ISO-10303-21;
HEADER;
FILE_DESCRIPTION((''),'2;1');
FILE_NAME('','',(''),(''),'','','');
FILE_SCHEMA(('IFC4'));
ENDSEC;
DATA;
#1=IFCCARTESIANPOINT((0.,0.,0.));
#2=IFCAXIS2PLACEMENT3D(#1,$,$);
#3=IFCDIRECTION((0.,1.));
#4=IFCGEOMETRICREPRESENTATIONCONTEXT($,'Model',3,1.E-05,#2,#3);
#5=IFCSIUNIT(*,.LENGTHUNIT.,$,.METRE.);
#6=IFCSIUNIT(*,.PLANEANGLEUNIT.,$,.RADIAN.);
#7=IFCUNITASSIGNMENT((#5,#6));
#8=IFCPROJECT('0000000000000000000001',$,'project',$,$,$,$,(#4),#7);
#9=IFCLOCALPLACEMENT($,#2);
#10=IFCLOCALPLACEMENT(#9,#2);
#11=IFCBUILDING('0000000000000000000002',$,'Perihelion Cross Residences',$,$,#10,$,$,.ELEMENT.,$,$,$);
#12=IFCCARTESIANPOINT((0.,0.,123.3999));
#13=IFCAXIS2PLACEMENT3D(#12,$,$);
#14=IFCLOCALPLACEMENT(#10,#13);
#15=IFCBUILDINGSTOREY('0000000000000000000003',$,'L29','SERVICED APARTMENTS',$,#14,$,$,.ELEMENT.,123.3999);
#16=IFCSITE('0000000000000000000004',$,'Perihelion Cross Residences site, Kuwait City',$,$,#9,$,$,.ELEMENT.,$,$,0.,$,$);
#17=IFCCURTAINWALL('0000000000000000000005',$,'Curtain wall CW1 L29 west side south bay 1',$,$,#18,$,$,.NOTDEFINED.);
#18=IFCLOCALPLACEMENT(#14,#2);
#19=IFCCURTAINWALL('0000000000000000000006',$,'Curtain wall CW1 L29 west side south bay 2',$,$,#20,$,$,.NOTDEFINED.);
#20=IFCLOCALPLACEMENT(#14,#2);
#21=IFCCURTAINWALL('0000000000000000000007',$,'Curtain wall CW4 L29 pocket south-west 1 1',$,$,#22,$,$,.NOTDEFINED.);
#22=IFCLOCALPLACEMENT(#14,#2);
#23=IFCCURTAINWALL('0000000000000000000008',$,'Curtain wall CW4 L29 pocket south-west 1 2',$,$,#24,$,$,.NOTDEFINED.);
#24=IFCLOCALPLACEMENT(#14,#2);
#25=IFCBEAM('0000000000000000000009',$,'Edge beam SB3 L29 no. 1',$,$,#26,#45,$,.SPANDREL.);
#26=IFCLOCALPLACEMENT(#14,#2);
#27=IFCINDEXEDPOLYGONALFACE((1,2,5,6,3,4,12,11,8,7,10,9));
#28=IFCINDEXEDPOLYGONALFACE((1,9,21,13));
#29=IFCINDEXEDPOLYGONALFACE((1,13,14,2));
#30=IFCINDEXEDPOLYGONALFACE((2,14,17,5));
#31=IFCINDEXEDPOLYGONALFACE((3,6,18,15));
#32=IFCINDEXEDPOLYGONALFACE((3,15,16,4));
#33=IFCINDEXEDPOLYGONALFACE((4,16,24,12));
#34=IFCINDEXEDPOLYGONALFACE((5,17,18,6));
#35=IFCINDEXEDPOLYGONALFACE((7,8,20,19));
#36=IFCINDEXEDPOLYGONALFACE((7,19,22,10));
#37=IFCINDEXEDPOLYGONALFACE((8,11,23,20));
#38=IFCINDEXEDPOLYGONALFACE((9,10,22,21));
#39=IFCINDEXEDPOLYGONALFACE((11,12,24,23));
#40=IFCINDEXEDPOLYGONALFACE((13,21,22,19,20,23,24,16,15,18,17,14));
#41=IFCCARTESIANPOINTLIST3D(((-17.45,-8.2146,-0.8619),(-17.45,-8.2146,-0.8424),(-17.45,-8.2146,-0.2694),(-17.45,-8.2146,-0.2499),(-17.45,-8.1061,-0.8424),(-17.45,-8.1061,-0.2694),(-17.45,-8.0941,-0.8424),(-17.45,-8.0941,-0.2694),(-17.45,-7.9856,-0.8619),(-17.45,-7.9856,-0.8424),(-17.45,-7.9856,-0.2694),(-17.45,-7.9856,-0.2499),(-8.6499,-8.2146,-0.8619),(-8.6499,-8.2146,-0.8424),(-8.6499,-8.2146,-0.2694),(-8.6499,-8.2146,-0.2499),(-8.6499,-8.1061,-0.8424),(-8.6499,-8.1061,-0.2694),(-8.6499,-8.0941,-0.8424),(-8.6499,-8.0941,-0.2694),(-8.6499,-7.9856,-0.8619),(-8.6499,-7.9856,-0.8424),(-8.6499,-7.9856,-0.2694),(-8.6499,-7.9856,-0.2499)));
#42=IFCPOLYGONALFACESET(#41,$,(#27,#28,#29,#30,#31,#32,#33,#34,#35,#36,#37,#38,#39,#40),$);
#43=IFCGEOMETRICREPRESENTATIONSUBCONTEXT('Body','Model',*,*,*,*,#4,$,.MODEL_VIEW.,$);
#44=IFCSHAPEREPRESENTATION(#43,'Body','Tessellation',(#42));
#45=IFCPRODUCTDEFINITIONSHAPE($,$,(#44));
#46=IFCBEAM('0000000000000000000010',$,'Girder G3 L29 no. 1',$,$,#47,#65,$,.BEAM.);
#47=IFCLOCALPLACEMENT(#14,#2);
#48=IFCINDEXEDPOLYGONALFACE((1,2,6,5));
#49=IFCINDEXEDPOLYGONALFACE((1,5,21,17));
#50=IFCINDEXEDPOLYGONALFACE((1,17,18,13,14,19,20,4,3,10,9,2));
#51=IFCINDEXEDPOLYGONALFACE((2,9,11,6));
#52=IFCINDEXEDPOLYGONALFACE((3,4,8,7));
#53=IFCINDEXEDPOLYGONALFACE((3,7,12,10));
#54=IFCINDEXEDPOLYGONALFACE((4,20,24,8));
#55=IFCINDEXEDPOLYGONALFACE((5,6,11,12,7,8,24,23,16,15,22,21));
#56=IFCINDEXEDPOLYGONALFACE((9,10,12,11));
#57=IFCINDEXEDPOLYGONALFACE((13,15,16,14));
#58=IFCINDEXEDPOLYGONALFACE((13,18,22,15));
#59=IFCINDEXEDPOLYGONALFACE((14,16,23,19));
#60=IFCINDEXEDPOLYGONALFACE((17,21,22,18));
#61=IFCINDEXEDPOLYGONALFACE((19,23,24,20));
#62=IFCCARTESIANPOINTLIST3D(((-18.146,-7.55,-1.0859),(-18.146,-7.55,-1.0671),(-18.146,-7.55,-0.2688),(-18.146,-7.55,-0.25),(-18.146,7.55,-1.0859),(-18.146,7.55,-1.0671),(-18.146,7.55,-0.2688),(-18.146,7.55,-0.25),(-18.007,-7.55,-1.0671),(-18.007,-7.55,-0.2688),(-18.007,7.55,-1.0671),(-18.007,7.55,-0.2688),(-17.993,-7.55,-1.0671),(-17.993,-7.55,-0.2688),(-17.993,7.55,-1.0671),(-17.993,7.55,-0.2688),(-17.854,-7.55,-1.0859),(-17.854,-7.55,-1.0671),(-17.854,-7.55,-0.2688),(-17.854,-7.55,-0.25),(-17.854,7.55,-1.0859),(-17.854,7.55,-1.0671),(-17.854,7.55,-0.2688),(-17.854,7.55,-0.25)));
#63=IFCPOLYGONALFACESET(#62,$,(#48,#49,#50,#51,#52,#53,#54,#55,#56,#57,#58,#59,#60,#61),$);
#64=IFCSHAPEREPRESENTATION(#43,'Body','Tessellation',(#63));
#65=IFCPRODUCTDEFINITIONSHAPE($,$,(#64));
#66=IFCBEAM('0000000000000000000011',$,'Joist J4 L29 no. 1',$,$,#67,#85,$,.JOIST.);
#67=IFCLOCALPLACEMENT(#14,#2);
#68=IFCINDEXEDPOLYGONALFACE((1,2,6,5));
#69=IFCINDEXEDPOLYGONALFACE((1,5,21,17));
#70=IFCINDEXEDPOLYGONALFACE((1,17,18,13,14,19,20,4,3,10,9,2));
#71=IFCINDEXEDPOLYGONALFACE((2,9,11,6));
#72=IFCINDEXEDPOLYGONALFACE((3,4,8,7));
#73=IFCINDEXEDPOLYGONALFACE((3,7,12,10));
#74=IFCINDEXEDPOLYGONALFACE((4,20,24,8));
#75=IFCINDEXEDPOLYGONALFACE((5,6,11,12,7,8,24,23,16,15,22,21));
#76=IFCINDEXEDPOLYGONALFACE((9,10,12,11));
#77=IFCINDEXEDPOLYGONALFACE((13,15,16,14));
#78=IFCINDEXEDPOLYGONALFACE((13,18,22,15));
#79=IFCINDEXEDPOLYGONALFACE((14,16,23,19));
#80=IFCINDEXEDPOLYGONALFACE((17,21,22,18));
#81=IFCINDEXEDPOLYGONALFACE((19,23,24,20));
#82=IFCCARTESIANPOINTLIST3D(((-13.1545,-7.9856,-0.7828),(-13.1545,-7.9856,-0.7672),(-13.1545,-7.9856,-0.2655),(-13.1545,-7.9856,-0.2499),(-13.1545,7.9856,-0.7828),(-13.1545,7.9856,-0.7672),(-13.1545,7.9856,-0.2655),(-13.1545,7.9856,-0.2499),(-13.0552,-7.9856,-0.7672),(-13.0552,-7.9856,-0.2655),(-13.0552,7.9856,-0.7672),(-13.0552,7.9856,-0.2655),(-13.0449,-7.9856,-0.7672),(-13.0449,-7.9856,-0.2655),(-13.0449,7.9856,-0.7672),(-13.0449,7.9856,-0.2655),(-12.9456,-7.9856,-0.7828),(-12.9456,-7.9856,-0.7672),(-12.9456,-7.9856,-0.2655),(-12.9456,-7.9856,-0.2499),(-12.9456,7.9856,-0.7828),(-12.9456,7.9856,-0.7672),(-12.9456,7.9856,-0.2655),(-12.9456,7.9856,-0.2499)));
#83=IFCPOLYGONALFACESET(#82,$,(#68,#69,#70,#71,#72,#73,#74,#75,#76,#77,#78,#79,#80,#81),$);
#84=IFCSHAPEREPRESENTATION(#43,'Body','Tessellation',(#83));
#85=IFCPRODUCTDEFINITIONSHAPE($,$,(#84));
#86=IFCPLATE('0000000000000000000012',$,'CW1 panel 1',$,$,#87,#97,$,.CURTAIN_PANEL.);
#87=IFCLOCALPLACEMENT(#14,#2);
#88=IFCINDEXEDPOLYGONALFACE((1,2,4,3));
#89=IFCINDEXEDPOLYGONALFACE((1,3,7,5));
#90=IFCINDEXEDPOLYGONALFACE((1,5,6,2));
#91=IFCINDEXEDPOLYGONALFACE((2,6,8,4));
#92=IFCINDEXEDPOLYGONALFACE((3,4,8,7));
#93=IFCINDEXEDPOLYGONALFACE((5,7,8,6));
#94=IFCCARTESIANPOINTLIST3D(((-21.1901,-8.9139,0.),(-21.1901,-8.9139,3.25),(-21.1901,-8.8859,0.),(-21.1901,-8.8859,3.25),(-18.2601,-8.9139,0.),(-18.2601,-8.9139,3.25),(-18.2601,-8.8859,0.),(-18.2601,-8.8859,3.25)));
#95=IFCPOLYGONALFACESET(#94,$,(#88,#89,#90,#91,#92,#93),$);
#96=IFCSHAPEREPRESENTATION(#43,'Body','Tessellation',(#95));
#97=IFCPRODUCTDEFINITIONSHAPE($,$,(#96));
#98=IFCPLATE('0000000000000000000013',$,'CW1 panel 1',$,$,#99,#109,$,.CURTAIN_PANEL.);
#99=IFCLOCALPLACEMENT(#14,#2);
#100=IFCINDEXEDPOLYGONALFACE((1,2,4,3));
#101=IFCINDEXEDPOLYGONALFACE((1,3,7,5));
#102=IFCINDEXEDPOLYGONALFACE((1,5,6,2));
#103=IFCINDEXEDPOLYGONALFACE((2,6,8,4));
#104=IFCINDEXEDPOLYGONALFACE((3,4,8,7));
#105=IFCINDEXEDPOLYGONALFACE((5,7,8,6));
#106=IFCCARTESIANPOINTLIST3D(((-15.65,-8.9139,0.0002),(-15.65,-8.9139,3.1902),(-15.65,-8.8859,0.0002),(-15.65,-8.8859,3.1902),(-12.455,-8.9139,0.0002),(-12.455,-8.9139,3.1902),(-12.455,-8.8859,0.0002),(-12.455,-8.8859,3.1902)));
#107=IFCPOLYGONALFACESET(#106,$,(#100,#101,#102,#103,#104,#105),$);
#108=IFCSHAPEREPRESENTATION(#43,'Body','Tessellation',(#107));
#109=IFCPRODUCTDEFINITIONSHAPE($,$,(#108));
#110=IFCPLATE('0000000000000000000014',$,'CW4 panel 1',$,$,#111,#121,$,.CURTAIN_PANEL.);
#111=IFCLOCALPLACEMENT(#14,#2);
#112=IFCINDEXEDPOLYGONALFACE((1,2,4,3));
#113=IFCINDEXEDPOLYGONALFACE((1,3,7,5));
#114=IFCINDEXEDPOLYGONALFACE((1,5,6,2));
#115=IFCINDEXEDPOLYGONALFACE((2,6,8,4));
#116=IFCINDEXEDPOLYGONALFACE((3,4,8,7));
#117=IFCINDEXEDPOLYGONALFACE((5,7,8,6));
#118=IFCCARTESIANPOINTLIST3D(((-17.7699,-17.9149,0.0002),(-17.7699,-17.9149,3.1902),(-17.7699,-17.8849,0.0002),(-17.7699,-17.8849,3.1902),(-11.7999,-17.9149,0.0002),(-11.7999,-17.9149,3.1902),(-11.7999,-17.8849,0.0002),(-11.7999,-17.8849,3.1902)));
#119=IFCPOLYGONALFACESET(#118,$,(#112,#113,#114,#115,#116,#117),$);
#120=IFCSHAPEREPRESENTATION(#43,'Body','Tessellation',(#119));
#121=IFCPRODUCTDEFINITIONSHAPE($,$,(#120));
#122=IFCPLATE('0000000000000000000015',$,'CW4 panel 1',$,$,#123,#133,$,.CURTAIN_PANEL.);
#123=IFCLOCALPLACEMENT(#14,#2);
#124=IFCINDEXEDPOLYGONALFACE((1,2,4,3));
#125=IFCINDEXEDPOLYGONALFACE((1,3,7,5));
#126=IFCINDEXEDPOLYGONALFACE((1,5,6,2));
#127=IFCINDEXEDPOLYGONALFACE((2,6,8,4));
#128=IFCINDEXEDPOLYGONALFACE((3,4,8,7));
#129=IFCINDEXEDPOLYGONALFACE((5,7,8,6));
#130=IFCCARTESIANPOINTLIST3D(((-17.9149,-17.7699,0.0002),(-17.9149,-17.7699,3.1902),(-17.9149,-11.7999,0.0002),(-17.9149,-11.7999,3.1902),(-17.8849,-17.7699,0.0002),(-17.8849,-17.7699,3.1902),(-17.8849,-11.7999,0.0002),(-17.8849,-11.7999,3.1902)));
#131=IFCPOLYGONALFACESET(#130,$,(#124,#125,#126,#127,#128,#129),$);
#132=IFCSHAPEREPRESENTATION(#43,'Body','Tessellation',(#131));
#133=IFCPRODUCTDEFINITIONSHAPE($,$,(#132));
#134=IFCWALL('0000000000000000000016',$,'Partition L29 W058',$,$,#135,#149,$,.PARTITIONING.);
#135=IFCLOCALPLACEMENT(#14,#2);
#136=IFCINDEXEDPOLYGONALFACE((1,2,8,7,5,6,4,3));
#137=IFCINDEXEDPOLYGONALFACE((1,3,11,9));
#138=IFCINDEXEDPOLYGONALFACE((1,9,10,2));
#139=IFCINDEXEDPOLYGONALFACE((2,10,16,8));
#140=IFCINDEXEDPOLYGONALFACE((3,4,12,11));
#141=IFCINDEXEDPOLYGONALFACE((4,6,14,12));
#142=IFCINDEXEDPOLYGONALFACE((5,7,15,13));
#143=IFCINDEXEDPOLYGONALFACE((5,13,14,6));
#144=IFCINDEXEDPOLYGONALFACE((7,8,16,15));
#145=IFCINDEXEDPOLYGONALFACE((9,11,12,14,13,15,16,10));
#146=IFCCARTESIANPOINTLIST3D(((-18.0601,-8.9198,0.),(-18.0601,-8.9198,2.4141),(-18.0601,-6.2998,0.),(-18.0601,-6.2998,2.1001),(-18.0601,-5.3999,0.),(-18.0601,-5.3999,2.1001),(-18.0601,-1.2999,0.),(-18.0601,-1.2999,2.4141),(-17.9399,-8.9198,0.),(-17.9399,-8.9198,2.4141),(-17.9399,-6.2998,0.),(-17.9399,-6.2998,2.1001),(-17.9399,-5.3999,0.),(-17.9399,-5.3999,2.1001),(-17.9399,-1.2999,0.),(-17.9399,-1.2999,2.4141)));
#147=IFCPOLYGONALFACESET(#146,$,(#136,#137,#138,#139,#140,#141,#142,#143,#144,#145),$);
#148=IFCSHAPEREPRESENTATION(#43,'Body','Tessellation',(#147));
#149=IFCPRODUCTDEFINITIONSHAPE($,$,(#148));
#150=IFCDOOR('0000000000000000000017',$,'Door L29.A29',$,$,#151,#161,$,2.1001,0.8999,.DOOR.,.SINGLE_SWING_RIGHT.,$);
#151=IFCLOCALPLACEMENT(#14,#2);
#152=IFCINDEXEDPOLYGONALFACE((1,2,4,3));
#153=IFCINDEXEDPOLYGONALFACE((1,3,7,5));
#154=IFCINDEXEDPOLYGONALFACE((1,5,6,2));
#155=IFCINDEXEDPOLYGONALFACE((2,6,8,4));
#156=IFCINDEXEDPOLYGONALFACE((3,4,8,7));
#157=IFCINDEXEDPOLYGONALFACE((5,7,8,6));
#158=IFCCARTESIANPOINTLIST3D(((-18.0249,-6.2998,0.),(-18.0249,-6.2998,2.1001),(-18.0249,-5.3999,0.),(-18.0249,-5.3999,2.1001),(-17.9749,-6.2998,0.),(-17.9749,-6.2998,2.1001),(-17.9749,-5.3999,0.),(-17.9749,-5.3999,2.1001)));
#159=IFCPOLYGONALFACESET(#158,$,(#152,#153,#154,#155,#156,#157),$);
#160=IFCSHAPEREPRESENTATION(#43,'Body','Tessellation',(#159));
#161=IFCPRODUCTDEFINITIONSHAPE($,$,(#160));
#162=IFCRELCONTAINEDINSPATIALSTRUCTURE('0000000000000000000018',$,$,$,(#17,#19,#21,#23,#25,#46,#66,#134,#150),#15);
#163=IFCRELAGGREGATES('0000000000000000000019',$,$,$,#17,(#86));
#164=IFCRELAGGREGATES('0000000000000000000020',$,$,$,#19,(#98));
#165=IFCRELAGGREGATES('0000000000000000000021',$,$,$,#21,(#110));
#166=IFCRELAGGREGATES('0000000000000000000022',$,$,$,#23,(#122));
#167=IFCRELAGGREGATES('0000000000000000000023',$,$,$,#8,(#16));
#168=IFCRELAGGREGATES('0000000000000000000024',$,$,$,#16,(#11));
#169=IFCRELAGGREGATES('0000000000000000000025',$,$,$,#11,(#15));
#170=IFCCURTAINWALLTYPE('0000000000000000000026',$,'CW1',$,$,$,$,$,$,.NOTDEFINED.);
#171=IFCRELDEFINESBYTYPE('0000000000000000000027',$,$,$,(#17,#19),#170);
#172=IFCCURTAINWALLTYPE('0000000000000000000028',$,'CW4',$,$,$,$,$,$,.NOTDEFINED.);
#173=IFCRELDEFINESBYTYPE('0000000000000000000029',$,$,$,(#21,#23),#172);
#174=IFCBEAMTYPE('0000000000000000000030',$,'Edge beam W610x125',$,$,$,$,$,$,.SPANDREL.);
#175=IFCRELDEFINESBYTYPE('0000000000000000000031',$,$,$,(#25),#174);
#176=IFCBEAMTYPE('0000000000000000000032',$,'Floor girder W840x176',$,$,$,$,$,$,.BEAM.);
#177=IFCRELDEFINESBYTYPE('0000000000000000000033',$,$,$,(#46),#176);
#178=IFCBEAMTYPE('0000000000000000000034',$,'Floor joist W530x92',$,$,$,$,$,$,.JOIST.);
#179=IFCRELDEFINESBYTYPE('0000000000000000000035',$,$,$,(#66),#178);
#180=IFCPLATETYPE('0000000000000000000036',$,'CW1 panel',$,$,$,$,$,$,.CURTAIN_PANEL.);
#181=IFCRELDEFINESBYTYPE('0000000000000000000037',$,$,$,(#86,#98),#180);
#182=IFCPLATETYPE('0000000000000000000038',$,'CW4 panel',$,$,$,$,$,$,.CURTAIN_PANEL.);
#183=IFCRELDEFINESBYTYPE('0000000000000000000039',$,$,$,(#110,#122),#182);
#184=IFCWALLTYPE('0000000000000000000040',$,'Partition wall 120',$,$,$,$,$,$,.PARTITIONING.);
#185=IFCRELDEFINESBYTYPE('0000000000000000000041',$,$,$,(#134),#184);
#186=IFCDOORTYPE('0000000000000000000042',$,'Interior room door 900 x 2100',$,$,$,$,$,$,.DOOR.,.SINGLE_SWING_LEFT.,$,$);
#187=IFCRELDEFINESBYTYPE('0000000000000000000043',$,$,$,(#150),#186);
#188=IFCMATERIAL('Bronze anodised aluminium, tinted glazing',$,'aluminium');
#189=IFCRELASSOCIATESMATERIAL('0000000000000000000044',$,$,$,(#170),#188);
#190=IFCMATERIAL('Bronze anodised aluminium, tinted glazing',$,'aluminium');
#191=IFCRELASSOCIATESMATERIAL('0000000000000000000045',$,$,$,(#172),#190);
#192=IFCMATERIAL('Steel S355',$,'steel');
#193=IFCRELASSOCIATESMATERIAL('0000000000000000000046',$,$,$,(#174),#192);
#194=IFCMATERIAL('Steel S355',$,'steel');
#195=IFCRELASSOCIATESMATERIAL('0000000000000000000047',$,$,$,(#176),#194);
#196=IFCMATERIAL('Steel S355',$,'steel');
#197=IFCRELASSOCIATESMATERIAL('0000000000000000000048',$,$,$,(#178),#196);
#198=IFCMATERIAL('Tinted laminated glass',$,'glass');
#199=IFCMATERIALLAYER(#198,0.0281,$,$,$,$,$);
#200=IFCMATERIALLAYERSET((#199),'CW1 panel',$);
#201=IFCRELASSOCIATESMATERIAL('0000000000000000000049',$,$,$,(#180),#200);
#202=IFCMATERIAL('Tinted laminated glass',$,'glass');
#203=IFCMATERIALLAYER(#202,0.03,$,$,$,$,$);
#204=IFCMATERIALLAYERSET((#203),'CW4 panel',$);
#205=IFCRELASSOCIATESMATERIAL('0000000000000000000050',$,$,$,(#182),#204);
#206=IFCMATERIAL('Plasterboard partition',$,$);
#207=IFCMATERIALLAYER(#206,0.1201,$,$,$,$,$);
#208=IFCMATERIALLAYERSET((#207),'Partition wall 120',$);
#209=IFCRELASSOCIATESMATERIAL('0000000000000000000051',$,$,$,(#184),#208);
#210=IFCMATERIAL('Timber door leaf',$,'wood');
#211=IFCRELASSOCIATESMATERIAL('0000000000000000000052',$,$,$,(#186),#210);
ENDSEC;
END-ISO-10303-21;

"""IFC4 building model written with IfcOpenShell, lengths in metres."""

from ifc_helpers import new_model, si_unit, direction, frame, frame_2d, origin, origin_2d, place, context, subcontext, project, spatial, rectangle, i_section, extrude, material, layer, layer_set, material_profile, profile_set, type_object, element, fill, aggregate, save


model = new_model("IFC4")

# Units and contexts
model_context = context("Model", 3, precision=1e-05, world=origin(), true_north=direction((0.0, 1.0)))
body_context = subcontext(model_context, "Body", "Model", "MODEL_VIEW")
ifc_project = project(units=[si_unit("LENGTHUNIT", "METRE"), si_unit("PLANEANGLEUNIT", "RADIAN")], contexts=[model_context])

# Site, building, storey
site_placement = place(None, origin())
site = spatial("IfcSite", under=ifc_project, at=site_placement, Name="Perihelion Cross Residences site, Kuwait City", CompositionType="ELEMENT", RefElevation=0.0)
building_placement = place(site_placement, origin())
building = spatial("IfcBuilding", under=site, at=building_placement, Name="Perihelion Cross Residences", CompositionType="ELEMENT")
storey_placement = place(building_placement, frame((0.0, 0.0, 123.3999)))
storey = spatial("IfcBuildingStorey", under=building, at=storey_placement, Name="L29", Description="SERVICED APARTMENTS", CompositionType="ELEMENT", Elevation=123.3999)

# Curtain wall
ifc_material_1 = material(Name="Bronze anodised aluminium, tinted glazing", Category="aluminium")
curtain_wall_type_1 = type_object("IfcCurtainWallType", Name="CW1", PredefinedType="NOTDEFINED", material=ifc_material_1)
curtain_wall_1_placement = place(storey_placement, origin())
curtain_wall_1 = element("IfcCurtainWall", 1, at=curtain_wall_1_placement, inside=storey, type_object=curtain_wall_type_1, Name="Curtain wall CW1 L29 west side south bay 1", PredefinedType="NOTDEFINED")

# Curtain walls
curtain_wall_2_placement = place(storey_placement, origin())
curtain_wall_2 = element("IfcCurtainWall", 2, at=curtain_wall_2_placement, inside=storey, type_object=curtain_wall_type_1, Name="Curtain wall CW1 L29 west side south bay 2", PredefinedType="NOTDEFINED")
ifc_material_2 = material(Name="Bronze anodised aluminium, tinted glazing", Category="aluminium")
curtain_wall_type_2 = type_object("IfcCurtainWallType", Name="CW4", PredefinedType="NOTDEFINED", material=ifc_material_2)
curtain_wall_3_placement = place(storey_placement, origin())
curtain_wall_3 = element("IfcCurtainWall", 3, at=curtain_wall_3_placement, inside=storey, type_object=curtain_wall_type_2, Name="Curtain wall CW4 L29 pocket south-west 1 1", PredefinedType="NOTDEFINED")
curtain_wall_4_placement = place(storey_placement, origin())
curtain_wall_4 = element("IfcCurtainWall", 4, at=curtain_wall_4_placement, inside=storey, type_object=curtain_wall_type_2, Name="Curtain wall CW4 L29 pocket south-west 1 2", PredefinedType="NOTDEFINED")

# Beams
ifc_material_3 = material(Name="Steel S355", Category="steel")
ifc_material_profile_1 = material_profile(ifc_material_3, i_section(OverallWidth=0.229, OverallDepth=0.6121, WebThickness=0.012, FlangeThickness=0.0195, at=origin_2d()), Name="W610x125")
ifc_profile_set_1 = profile_set([ifc_material_profile_1], Name="Steel S355")
beam_type_1 = type_object("IfcBeamType", Name="Edge beam W610x125", PredefinedType="SPANDREL", material=ifc_profile_set_1)
beam_1_placement = place(storey_placement, frame((-17.45, -8.1001, -0.5559), z_axis=(1.0, 0.0, 0.0), x_axis=(0.0, 1.0, 0.0)))
element("IfcBeam", 5, at=beam_1_placement, inside=storey, type_object=beam_type_1, Name="Edge beam SB3 L29 no. 1", PredefinedType="SPANDREL", context=body_context, shape_type="SweptSolid", body=[
    extrude(i_section(OverallWidth=0.229, OverallDepth=0.6121, WebThickness=0.012, FlangeThickness=0.0195, at=origin_2d()), origin(), (0.0, 0.0, 1.0), 8.8),
])
ifc_material_4 = material(Name="Steel S355", Category="steel")
ifc_material_profile_2 = material_profile(ifc_material_4, i_section(OverallWidth=0.292, OverallDepth=0.8359, WebThickness=0.0139, FlangeThickness=0.0188, at=origin_2d()), Name="W840x176")
ifc_profile_set_2 = profile_set([ifc_material_profile_2], Name="Steel S355")
beam_type_2 = type_object("IfcBeamType", Name="Floor girder W840x176", PredefinedType="BEAM", material=ifc_profile_set_2)
beam_2_placement = place(storey_placement, frame((-18.0, -7.55, -0.668), z_axis=(0.0, 1.0, 0.0), x_axis=(-1.0, 0.0, 0.0)))
element("IfcBeam", 6, at=beam_2_placement, inside=storey, type_object=beam_type_2, Name="Girder G3 L29 no. 1", PredefinedType="BEAM", context=body_context, shape_type="SweptSolid", body=[
    extrude(i_section(OverallWidth=0.292, OverallDepth=0.8359, WebThickness=0.0139, FlangeThickness=0.0188, at=origin_2d()), origin(), (0.0, 0.0, 1.0), 15.1001),
])
ifc_material_5 = material(Name="Steel S355", Category="steel")
ifc_material_profile_3 = material_profile(ifc_material_5, i_section(OverallWidth=0.209, OverallDepth=0.533, WebThickness=0.0103, FlangeThickness=0.0156, at=origin_2d()), Name="W530x92")
ifc_profile_set_3 = profile_set([ifc_material_profile_3], Name="Steel S355")
beam_type_3 = type_object("IfcBeamType", Name="Floor joist W530x92", PredefinedType="JOIST", material=ifc_profile_set_3)
beam_3_placement = place(storey_placement, frame((-13.05, -7.9856, -0.5164), z_axis=(0.0, 1.0, 0.0), x_axis=(-1.0, 0.0, 0.0)))
element("IfcBeam", 7, at=beam_3_placement, inside=storey, type_object=beam_type_3, Name="Joist J4 L29 no. 1", PredefinedType="JOIST", context=body_context, shape_type="SweptSolid", body=[
    extrude(i_section(OverallWidth=0.209, OverallDepth=0.533, WebThickness=0.0103, FlangeThickness=0.0156, at=origin_2d()), origin(), (0.0, 0.0, 1.0), 15.9712),
])

# Plates
ifc_material_6 = material(Name="Tinted laminated glass", Category="glass")
ifc_layer_1 = layer(ifc_material_6, 0.0281)
ifc_layer_set_1 = layer_set([ifc_layer_1], Name="CW1 panel")
plate_type_1 = type_object("IfcPlateType", Name="CW1 panel", PredefinedType="CURTAIN_PANEL", material=ifc_layer_set_1)
plate_1_placement = place(storey_placement, frame((-19.7251, -8.8999, 0.0), z_axis=(0.0, 0.0, 1.0), x_axis=(1.0, 0.0, 0.0)))
plate_1 = element("IfcPlate", 8, at=plate_1_placement, type_object=plate_type_1, Name="CW1 panel 1", PredefinedType="CURTAIN_PANEL", context=body_context, shape_type="SweptSolid", body=[
    extrude(rectangle(XDim=2.9299, YDim=0.0281, at=origin_2d()), origin(), (0.0, 0.0, 1.0), 3.25),
])
aggregate(curtain_wall_1, [plate_1])
plate_2_placement = place(storey_placement, frame((-14.0525, -8.8999, 0.0002), z_axis=(0.0, 0.0, 1.0), x_axis=(1.0, 0.0, 0.0)))
plate_2 = element("IfcPlate", 9, at=plate_2_placement, type_object=plate_type_1, Name="CW1 panel 1", PredefinedType="CURTAIN_PANEL", context=body_context, shape_type="SweptSolid", body=[
    extrude(rectangle(XDim=3.1951, YDim=0.0281, at=origin_2d()), origin(), (0.0, 0.0, 1.0), 3.1899),
])
aggregate(curtain_wall_2, [plate_2])
ifc_material_7 = material(Name="Tinted laminated glass", Category="glass")
ifc_layer_2 = layer(ifc_material_7, 0.03)
ifc_layer_set_2 = layer_set([ifc_layer_2], Name="CW4 panel")
plate_type_2 = type_object("IfcPlateType", Name="CW4 panel", PredefinedType="CURTAIN_PANEL", material=ifc_layer_set_2)
plate_3_placement = place(storey_placement, frame((-14.7849, -17.8999, 0.0002), z_axis=(0.0, 0.0, 1.0), x_axis=(-1.0, 0.0, 0.0)))
plate_3 = element("IfcPlate", 10, at=plate_3_placement, type_object=plate_type_2, Name="CW4 panel 1", PredefinedType="CURTAIN_PANEL", context=body_context, shape_type="SweptSolid", body=[
    extrude(rectangle(XDim=5.97, YDim=0.03, at=origin_2d()), origin(), (0.0, 0.0, 1.0), 3.1899),
])
aggregate(curtain_wall_3, [plate_3])
plate_4_placement = place(storey_placement, frame((-17.8999, -14.7849, 0.0002), z_axis=(0.0, 0.0, 1.0), x_axis=(0.0, 1.0, 0.0)))
plate_4 = element("IfcPlate", 11, at=plate_4_placement, type_object=plate_type_2, Name="CW4 panel 1", PredefinedType="CURTAIN_PANEL", context=body_context, shape_type="SweptSolid", body=[
    extrude(rectangle(XDim=5.97, YDim=0.03, at=origin_2d()), origin(), (0.0, 0.0, 1.0), 3.1899),
])
aggregate(curtain_wall_4, [plate_4])

# Wall, opening, door
ifc_material_8 = material(Name="Plasterboard partition")
ifc_layer_3 = layer(ifc_material_8, 0.1201)
ifc_layer_set_3 = layer_set([ifc_layer_3], Name="Partition wall 120")
wall_type_1 = type_object("IfcWallType", Name="Partition wall 120", PredefinedType="PARTITIONING", material=ifc_layer_set_3)
wall_1_placement = place(storey_placement, frame((-18.0, -8.9199, 0.0), z_axis=(0.0, 0.0, 1.0), x_axis=(0.0, 1.0, 0.0)))
wall_1 = element("IfcWall", 12, at=wall_1_placement, inside=storey, type_object=wall_type_1, Name="Partition L29 W058", PredefinedType="PARTITIONING", context=body_context, shape_type="SweptSolid", body=[
    extrude(rectangle(XDim=7.6199, YDim=0.1201, at=frame_2d((3.8101, 0.0))), origin(), (0.0, 0.0, 1.0), 2.4141),
])
opening_1_placement = place(wall_1_placement, frame((2.6201, 0.0, 0.0)))
opening_1 = element("IfcOpeningElement", 13, at=opening_1_placement, cuts=wall_1, PredefinedType="OPENING", context=body_context, shape_type="SweptSolid", body=[
    extrude(rectangle(XDim=0.8999, YDim=2.1001, at=frame_2d((0.45, 1.05))), frame((0.0, 0.0701, 0.0), z_axis=(0.0, -1.0, 0.0), x_axis=(1.0, 0.0, 0.0)), (0.0, 0.0, 1.0), 0.1401),
])
ifc_material_9 = material(Name="Timber door leaf", Category="wood")
door_type_1 = type_object("IfcDoorType", Name="Interior room door 900 x 2100", OperationType="SINGLE_SWING_LEFT", PredefinedType="DOOR", material=ifc_material_9)
door_1_placement = place(opening_1_placement, origin())
door_1 = element("IfcDoor", 14, at=door_1_placement, inside=storey, type_object=door_type_1, Name="Door L29.A29", OperationType="SINGLE_SWING_RIGHT", OverallHeight=2.1001, OverallWidth=0.8999, PredefinedType="DOOR", context=body_context, shape_type="SweptSolid", body=[
    extrude(rectangle(XDim=0.8999, YDim=2.1001, at=frame_2d((0.45, 1.05))), frame((0.0, 0.0249, 0.0), z_axis=(0.0, -1.0, 0.0), x_axis=(1.0, 0.0, 0.0)), (0.0, 0.0, 1.0), 0.05),
])
fill(opening_1, door_1)

save(model, "model.ifc")
